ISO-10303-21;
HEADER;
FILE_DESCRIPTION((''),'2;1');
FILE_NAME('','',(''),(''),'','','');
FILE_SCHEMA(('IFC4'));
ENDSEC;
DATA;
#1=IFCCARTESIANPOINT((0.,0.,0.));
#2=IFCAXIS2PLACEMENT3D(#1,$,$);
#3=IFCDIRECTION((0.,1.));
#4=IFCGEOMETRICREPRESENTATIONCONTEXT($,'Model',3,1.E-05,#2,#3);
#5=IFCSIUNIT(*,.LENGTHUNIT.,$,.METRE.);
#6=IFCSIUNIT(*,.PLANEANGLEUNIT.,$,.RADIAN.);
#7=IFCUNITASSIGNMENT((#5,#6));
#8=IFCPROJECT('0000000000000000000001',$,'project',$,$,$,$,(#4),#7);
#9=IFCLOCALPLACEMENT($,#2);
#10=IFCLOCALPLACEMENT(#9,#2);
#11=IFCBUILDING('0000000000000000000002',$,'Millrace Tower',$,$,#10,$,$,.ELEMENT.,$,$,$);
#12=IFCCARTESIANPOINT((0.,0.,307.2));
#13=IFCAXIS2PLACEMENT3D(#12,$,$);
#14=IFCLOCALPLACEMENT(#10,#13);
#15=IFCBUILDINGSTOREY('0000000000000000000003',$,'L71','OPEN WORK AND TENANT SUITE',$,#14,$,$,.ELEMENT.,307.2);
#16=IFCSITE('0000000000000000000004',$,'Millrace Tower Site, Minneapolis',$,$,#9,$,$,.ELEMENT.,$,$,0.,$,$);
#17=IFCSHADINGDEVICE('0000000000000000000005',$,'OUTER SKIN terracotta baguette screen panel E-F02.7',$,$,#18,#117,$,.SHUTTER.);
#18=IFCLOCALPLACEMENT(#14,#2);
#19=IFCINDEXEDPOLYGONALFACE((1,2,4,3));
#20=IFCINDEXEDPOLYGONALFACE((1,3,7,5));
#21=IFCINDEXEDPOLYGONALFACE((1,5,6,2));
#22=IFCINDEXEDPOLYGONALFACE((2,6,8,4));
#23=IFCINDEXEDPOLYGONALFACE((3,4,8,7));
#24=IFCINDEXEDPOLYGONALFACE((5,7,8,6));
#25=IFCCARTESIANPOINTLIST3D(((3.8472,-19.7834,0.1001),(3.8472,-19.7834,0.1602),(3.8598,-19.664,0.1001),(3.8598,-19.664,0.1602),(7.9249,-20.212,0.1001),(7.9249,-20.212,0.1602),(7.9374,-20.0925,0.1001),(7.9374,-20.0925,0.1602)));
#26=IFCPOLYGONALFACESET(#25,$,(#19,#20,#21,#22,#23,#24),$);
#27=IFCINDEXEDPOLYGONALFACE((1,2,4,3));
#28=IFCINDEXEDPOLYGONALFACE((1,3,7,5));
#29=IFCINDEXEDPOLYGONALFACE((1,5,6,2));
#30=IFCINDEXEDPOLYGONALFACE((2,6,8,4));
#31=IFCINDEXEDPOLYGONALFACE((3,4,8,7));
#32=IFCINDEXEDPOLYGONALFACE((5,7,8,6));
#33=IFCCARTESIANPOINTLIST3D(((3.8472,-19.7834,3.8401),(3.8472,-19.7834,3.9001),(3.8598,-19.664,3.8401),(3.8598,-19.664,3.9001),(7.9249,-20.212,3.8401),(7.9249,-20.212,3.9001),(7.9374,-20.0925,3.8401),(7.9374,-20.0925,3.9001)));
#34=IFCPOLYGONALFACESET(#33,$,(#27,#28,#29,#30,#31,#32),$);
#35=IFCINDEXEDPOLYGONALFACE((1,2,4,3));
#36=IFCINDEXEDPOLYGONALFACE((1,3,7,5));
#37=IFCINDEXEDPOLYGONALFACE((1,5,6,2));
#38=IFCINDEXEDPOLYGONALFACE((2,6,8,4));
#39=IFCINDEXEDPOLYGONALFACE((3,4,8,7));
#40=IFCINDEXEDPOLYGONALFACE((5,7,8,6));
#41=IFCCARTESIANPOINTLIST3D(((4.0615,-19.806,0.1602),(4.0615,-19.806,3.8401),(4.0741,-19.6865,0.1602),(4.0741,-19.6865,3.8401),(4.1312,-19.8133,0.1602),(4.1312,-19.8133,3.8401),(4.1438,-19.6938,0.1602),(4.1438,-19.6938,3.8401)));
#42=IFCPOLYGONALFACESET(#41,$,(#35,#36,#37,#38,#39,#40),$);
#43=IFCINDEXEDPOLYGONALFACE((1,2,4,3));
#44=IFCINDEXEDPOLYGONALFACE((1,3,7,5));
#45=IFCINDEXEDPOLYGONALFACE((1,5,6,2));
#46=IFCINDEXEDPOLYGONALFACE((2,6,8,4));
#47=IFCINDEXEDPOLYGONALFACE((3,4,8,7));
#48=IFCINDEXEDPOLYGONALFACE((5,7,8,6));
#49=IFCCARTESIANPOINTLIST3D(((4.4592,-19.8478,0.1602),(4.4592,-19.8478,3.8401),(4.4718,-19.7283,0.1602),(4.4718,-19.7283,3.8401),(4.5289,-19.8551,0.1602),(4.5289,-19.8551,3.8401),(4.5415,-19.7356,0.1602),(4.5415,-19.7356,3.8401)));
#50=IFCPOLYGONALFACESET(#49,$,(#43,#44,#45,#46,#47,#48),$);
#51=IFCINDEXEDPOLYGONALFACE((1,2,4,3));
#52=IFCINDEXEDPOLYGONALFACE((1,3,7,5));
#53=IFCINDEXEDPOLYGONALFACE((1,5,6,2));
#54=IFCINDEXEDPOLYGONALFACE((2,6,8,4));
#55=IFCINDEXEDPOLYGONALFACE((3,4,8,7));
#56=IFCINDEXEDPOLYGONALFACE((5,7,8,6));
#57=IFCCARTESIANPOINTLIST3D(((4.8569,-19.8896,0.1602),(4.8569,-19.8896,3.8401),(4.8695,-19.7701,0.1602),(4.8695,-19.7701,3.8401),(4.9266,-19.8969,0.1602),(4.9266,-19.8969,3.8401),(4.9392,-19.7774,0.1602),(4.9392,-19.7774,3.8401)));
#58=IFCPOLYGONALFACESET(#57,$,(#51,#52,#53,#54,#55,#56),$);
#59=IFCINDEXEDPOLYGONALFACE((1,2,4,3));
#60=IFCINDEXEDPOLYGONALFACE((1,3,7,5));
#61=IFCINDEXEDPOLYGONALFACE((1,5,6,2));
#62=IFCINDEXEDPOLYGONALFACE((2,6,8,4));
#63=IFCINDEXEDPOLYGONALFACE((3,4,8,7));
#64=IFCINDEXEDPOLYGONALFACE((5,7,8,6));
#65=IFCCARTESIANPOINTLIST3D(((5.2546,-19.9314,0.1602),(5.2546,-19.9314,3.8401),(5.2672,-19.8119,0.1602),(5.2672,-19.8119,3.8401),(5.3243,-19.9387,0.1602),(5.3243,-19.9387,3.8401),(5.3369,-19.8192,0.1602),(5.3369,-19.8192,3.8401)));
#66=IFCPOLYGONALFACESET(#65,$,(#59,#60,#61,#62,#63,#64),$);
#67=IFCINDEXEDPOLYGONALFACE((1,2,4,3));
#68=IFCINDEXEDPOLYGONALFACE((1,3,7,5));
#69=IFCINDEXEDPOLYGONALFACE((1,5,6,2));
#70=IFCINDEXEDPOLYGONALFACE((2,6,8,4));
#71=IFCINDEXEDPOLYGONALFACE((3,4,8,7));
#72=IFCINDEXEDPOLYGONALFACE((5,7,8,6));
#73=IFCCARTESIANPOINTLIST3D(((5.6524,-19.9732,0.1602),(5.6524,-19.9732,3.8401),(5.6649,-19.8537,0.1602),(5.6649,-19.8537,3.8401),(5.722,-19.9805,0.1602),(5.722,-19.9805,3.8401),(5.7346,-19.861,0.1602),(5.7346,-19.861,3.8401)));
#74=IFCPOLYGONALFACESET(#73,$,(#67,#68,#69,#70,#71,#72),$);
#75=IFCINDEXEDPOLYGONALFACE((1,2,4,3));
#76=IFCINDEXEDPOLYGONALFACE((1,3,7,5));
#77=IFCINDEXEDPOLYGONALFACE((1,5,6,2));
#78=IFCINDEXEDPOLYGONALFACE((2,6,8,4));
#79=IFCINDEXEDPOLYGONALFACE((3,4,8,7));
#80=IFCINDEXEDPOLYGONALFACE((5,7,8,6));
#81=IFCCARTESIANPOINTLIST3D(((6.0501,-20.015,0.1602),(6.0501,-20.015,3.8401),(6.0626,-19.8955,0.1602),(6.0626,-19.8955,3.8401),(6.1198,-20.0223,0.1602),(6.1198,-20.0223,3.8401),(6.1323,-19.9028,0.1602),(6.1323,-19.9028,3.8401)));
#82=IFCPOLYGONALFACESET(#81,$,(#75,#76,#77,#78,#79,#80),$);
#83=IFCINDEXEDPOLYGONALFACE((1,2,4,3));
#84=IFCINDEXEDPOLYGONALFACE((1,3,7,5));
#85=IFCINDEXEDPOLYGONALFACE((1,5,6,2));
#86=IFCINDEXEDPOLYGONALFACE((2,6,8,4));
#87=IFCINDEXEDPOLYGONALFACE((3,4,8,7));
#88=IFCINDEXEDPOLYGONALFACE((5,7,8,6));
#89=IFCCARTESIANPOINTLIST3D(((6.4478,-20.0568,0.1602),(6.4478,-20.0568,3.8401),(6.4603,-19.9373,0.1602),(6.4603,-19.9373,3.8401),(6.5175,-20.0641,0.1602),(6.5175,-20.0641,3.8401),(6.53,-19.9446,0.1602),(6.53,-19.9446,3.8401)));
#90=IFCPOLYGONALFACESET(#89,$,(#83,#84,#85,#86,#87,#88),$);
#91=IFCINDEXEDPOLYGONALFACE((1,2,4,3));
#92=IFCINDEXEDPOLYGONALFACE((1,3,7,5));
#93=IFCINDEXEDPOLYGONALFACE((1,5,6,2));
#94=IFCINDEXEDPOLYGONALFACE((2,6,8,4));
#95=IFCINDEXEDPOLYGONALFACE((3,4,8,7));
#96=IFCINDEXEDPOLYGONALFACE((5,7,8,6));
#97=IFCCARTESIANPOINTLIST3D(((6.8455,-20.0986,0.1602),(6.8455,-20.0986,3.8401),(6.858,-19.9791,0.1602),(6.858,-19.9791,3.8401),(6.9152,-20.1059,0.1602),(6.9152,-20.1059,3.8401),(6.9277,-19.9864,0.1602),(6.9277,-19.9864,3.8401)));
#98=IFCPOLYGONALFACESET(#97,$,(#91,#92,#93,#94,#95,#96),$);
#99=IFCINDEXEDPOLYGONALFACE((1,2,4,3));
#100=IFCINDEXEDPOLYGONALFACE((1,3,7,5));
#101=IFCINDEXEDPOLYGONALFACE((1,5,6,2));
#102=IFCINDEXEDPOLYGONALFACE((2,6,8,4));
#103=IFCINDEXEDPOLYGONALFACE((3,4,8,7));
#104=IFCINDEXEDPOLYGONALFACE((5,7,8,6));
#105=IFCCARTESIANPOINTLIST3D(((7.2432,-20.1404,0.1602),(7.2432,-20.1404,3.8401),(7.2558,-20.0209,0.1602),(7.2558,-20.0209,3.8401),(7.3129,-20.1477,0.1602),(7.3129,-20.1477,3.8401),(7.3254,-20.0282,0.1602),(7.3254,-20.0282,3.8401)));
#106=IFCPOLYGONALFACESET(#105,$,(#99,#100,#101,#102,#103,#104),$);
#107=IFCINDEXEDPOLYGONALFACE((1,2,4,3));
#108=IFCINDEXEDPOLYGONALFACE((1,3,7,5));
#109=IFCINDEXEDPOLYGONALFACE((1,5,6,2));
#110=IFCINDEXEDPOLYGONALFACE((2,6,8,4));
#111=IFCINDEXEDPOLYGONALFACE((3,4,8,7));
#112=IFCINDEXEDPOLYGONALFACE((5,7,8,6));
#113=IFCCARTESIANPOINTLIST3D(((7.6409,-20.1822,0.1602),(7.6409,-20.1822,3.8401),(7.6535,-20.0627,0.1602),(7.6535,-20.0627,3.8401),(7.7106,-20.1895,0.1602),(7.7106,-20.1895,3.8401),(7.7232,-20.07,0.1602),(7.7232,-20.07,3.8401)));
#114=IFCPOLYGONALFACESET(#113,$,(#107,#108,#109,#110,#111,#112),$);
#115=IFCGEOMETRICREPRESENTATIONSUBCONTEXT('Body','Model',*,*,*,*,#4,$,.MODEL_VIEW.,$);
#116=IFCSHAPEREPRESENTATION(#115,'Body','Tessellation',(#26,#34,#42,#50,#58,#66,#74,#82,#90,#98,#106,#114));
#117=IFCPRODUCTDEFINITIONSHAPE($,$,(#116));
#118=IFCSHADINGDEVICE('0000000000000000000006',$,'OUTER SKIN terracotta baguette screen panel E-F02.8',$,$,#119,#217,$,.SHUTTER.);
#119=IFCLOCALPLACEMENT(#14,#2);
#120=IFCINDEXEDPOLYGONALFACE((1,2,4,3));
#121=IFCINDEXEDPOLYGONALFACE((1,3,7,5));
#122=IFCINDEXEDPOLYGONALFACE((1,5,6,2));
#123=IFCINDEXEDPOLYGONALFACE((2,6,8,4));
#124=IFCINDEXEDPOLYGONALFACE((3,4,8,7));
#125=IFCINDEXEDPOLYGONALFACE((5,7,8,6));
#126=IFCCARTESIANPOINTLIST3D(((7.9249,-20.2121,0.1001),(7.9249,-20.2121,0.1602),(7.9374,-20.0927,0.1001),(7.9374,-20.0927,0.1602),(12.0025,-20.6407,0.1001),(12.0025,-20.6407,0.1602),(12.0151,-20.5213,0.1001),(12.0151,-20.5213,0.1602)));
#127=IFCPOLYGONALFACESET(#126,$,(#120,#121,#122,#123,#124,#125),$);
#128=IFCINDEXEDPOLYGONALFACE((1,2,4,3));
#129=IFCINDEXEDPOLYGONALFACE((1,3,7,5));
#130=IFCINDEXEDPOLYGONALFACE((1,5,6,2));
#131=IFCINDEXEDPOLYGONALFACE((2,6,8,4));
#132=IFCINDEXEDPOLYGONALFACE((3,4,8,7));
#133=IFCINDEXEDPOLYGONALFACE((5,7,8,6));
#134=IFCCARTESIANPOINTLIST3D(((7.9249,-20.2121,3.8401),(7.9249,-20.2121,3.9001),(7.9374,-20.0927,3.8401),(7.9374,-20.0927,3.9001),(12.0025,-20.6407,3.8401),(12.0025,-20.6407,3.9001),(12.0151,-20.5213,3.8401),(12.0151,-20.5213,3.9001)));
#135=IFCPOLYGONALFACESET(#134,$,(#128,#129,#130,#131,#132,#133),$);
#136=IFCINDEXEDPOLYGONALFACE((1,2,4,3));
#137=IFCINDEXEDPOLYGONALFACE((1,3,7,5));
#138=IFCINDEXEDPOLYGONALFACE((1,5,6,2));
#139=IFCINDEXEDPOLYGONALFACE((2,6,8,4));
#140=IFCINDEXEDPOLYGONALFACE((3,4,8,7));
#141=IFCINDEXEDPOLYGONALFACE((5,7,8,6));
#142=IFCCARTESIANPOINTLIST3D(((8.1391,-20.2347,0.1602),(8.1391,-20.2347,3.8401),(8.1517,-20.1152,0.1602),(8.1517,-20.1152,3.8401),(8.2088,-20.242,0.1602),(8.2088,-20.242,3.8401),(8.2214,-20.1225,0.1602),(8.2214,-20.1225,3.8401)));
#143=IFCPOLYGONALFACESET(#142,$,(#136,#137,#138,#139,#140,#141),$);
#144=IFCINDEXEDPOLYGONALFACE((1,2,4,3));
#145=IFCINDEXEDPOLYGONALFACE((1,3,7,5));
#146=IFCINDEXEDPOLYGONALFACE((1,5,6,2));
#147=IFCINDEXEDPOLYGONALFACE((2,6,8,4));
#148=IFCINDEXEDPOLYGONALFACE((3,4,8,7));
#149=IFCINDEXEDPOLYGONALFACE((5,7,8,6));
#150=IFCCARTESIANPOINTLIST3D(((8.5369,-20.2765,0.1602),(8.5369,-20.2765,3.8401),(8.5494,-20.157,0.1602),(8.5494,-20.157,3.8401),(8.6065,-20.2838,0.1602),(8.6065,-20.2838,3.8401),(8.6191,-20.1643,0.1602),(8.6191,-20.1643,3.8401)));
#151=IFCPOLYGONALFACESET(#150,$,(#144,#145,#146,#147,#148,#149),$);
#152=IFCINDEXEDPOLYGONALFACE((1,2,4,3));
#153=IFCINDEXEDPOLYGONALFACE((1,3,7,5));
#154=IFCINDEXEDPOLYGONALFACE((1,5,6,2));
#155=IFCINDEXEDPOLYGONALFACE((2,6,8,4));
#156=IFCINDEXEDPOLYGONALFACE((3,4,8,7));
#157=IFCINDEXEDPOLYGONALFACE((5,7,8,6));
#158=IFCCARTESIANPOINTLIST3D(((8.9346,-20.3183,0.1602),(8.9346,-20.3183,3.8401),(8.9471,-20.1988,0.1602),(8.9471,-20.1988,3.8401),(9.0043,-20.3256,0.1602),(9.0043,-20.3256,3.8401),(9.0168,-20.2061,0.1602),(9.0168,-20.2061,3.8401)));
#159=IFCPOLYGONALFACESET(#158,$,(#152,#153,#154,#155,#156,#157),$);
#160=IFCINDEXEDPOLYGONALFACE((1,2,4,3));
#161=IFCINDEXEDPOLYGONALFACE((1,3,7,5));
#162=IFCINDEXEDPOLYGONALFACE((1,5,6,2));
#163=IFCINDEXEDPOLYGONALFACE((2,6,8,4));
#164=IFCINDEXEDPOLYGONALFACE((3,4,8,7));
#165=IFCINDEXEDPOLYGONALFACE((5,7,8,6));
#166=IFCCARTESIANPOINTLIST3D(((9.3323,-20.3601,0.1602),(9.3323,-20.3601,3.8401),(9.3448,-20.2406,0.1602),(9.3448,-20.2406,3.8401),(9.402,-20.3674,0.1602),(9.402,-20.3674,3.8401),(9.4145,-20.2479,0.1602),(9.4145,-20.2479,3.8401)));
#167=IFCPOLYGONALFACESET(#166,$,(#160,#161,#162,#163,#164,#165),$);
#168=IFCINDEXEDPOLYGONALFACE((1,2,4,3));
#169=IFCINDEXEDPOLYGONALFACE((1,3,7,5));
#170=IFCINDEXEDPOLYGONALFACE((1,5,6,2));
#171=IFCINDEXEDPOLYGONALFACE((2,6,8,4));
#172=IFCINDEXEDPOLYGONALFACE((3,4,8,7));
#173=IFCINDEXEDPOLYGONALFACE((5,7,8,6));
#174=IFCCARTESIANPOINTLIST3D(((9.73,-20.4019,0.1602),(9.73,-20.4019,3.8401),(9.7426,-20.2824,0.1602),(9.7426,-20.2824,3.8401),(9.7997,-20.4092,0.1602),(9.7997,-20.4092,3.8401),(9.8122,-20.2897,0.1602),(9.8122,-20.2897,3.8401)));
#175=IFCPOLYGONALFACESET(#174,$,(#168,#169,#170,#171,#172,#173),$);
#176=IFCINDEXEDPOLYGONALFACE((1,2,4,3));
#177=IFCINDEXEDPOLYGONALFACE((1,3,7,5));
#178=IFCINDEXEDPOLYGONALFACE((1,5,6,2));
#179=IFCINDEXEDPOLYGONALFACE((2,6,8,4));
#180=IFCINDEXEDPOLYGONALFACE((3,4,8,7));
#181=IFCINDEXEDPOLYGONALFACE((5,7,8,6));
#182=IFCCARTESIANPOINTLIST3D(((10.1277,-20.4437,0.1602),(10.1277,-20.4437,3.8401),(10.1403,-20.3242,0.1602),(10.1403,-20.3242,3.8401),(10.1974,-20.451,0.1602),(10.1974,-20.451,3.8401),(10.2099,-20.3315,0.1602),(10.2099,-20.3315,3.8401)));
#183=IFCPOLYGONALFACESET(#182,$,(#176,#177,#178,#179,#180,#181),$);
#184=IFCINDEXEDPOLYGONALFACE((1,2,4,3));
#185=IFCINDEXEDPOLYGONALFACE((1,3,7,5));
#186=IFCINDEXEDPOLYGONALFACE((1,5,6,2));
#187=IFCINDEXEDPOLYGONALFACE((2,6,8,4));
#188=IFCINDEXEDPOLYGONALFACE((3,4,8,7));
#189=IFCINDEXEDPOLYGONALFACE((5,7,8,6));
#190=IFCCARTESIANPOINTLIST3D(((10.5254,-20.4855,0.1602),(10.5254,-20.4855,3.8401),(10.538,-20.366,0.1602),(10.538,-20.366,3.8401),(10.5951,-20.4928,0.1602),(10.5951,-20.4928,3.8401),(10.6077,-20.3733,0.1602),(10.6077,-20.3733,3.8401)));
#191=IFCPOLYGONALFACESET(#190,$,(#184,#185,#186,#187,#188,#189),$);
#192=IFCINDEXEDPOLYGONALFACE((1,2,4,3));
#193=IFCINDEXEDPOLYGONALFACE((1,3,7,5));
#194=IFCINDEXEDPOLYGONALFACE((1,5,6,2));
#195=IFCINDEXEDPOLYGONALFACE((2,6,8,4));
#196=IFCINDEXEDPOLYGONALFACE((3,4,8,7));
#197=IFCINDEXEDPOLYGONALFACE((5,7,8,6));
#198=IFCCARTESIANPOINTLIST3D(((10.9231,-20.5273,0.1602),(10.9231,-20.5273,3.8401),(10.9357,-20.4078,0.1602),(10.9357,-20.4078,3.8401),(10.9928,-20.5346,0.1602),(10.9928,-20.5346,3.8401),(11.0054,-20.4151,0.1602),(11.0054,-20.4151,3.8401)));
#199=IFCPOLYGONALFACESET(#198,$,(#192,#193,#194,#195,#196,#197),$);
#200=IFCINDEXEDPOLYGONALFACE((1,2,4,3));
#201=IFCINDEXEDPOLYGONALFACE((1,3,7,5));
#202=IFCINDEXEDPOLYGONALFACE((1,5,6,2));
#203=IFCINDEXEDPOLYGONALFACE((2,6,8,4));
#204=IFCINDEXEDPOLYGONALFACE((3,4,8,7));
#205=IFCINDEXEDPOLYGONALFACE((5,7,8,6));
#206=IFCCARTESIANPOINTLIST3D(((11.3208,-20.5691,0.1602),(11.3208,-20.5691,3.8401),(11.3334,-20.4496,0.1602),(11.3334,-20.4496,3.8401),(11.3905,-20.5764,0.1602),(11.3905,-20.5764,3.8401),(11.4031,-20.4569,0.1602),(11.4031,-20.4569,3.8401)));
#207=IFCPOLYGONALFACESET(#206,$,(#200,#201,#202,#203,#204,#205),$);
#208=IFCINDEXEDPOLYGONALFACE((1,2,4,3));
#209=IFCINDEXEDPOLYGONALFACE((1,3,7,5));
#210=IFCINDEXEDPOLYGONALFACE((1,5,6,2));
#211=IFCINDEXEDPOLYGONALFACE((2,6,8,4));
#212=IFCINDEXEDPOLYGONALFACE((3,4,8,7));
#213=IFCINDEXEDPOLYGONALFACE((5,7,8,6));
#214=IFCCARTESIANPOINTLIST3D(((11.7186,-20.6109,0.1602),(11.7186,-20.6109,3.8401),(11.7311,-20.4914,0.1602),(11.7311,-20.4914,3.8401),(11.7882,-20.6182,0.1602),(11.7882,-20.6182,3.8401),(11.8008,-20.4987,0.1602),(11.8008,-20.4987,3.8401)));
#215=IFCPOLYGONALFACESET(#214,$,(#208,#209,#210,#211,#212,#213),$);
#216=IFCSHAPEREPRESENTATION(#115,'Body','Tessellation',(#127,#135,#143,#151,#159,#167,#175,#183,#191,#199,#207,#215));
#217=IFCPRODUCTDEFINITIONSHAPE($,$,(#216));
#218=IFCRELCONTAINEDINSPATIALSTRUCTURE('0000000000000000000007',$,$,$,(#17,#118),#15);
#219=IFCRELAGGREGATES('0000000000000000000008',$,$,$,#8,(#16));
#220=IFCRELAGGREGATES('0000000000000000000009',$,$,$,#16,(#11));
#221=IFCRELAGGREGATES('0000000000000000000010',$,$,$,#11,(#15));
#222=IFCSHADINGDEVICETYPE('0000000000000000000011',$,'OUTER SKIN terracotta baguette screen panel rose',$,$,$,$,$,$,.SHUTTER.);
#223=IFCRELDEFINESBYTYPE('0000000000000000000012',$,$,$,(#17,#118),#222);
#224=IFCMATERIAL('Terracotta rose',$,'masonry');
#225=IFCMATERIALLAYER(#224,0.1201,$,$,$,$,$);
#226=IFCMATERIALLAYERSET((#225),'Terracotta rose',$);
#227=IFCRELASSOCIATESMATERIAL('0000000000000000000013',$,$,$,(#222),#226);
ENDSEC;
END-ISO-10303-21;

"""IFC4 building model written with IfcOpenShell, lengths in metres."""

from ifc_helpers import new_model, entity, si_unit, direction, frame, frame_2d, origin, place, context, subcontext, project, spatial, rectangle, extrude, source, transform, mapped, material, layer, layer_set, type_object, element, save


model = new_model("IFC4")

# Units and contexts
model_context = context("Model", 3, precision=1e-05, world=origin(), true_north=direction((0.0, 1.0)))
body_context = subcontext(model_context, "Body", "Model", "MODEL_VIEW")
ifc_project = project(units=[si_unit("LENGTHUNIT", "METRE"), si_unit("PLANEANGLEUNIT", "RADIAN")], contexts=[model_context])

# Site, building, storey
site_placement = place(None, origin())
site = spatial("IfcSite", under=ifc_project, at=site_placement, Name="Millrace Tower Site, Minneapolis", CompositionType="ELEMENT", RefElevation=0.0)
building_placement = place(site_placement, origin())
building = spatial("IfcBuilding", under=site, at=building_placement, Name="Millrace Tower", CompositionType="ELEMENT")
storey_placement = place(building_placement, frame((0.0, 0.0, 307.2)))
storey = spatial("IfcBuildingStorey", under=building, at=storey_placement, Name="L71", Description="OPEN WORK AND TENANT SUITE", CompositionType="ELEMENT", Elevation=307.2)

# Shading devices
ifc_material_1 = material(Name="Terracotta rose", Category="masonry")
ifc_layer_1 = layer(ifc_material_1, 0.1201)
ifc_layer_set_1 = layer_set([ifc_layer_1], Name="Terracotta rose")
shading_device_type = type_object("IfcShadingDeviceType", Name="OUTER SKIN terracotta baguette screen panel rose", PredefinedType="SHUTTER", material=ifc_layer_set_1)
cartesian_point = entity("IfcCartesianPoint", [-2.05, 0.0601])
shared_polyline = entity("IfcPolyline", [cartesian_point, entity("IfcCartesianPoint", [2.05, 0.0601]), entity("IfcCartesianPoint", [2.05, -0.0601]), entity("IfcCartesianPoint", [-2.05, -0.0601]), cartesian_point])
shared_shape = source(origin(), body_context, "Body", "SweptSolid", [
    entity("IfcExtrudedAreaSolid", entity("IfcArbitraryClosedProfileDef", "AREA", None, shared_polyline), entity("IfcAxis2Placement3D", entity("IfcCartesianPoint", [0.0, 0.0, 0.0])), entity("IfcDirection", [0.0, 0.0, 1.0]), 0.0601),
    entity("IfcExtrudedAreaSolid", entity("IfcArbitraryClosedProfileDef", "AREA", None, shared_polyline), entity("IfcAxis2Placement3D", entity("IfcCartesianPoint", [0.0, 0.0, 3.74])), entity("IfcDirection", [0.0, 0.0, 1.0]), 0.0601),
    extrude(rectangle(XDim=0.0701, YDim=0.1201, at=frame_2d((-1.7996, 0.0))), frame((0.0, 0.0, 0.0601)), (0.0, 0.0, 1.0), 3.6799),
    extrude(rectangle(XDim=0.0701, YDim=0.1201, at=frame_2d((-1.3997, 0.0))), frame((0.0, 0.0, 0.0601)), (0.0, 0.0, 1.0), 3.6799),
    extrude(rectangle(XDim=0.0701, YDim=0.1201, at=frame_2d((-0.9998, 0.0))), frame((0.0, 0.0, 0.0601)), (0.0, 0.0, 1.0), 3.6799),
    extrude(rectangle(XDim=0.0701, YDim=0.1201, at=frame_2d((-0.5999, 0.0))), frame((0.0, 0.0, 0.0601)), (0.0, 0.0, 1.0), 3.6799),
    extrude(rectangle(XDim=0.0701, YDim=0.1201, at=frame_2d((-0.2, 0.0))), frame((0.0, 0.0, 0.0601)), (0.0, 0.0, 1.0), 3.6799),
    extrude(rectangle(XDim=0.0701, YDim=0.1201, at=frame_2d((0.2, 0.0))), frame((0.0, 0.0, 0.0601)), (0.0, 0.0, 1.0), 3.6799),
    extrude(rectangle(XDim=0.0701, YDim=0.1201, at=frame_2d((0.5999, 0.0))), frame((0.0, 0.0, 0.0601)), (0.0, 0.0, 1.0), 3.6799),
    extrude(rectangle(XDim=0.0701, YDim=0.1201, at=frame_2d((0.9998, 0.0))), frame((0.0, 0.0, 0.0601)), (0.0, 0.0, 1.0), 3.6799),
    extrude(rectangle(XDim=0.0701, YDim=0.1201, at=frame_2d((1.3997, 0.0))), frame((0.0, 0.0, 0.0601)), (0.0, 0.0, 1.0), 3.6799),
    extrude(rectangle(XDim=0.0701, YDim=0.1201, at=frame_2d((1.7996, 0.0))), frame((0.0, 0.0, 0.0601)), (0.0, 0.0, 1.0), 3.6799),
])
for number, where, z_axis, x_axis, name in (
    (1, (5.8923, -19.938, 0.1001), (0.0, 0.0, 1.0), (0.994522, -0.104528, 0.0), "OUTER SKIN terracotta baguette screen panel E-F02.7"),
    (2, (9.97, -20.3667, 0.1001), (0.0, 0.0, 1.0), (0.994522, -0.104528, 0.0), "OUTER SKIN terracotta baguette screen panel E-F02.8"),
):
    element("IfcShadingDevice", number, at=place(storey_placement, frame(where, z_axis=z_axis, x_axis=x_axis)), inside=storey, type_object=shading_device_type, Name=name, PredefinedType="SHUTTER", context=body_context, shape_type="MappedRepresentation", body=[
        mapped(shared_shape, transform((0.0, 0.0, 0.0), scale=1.0)),
    ])

save(model, "model.ifc")
